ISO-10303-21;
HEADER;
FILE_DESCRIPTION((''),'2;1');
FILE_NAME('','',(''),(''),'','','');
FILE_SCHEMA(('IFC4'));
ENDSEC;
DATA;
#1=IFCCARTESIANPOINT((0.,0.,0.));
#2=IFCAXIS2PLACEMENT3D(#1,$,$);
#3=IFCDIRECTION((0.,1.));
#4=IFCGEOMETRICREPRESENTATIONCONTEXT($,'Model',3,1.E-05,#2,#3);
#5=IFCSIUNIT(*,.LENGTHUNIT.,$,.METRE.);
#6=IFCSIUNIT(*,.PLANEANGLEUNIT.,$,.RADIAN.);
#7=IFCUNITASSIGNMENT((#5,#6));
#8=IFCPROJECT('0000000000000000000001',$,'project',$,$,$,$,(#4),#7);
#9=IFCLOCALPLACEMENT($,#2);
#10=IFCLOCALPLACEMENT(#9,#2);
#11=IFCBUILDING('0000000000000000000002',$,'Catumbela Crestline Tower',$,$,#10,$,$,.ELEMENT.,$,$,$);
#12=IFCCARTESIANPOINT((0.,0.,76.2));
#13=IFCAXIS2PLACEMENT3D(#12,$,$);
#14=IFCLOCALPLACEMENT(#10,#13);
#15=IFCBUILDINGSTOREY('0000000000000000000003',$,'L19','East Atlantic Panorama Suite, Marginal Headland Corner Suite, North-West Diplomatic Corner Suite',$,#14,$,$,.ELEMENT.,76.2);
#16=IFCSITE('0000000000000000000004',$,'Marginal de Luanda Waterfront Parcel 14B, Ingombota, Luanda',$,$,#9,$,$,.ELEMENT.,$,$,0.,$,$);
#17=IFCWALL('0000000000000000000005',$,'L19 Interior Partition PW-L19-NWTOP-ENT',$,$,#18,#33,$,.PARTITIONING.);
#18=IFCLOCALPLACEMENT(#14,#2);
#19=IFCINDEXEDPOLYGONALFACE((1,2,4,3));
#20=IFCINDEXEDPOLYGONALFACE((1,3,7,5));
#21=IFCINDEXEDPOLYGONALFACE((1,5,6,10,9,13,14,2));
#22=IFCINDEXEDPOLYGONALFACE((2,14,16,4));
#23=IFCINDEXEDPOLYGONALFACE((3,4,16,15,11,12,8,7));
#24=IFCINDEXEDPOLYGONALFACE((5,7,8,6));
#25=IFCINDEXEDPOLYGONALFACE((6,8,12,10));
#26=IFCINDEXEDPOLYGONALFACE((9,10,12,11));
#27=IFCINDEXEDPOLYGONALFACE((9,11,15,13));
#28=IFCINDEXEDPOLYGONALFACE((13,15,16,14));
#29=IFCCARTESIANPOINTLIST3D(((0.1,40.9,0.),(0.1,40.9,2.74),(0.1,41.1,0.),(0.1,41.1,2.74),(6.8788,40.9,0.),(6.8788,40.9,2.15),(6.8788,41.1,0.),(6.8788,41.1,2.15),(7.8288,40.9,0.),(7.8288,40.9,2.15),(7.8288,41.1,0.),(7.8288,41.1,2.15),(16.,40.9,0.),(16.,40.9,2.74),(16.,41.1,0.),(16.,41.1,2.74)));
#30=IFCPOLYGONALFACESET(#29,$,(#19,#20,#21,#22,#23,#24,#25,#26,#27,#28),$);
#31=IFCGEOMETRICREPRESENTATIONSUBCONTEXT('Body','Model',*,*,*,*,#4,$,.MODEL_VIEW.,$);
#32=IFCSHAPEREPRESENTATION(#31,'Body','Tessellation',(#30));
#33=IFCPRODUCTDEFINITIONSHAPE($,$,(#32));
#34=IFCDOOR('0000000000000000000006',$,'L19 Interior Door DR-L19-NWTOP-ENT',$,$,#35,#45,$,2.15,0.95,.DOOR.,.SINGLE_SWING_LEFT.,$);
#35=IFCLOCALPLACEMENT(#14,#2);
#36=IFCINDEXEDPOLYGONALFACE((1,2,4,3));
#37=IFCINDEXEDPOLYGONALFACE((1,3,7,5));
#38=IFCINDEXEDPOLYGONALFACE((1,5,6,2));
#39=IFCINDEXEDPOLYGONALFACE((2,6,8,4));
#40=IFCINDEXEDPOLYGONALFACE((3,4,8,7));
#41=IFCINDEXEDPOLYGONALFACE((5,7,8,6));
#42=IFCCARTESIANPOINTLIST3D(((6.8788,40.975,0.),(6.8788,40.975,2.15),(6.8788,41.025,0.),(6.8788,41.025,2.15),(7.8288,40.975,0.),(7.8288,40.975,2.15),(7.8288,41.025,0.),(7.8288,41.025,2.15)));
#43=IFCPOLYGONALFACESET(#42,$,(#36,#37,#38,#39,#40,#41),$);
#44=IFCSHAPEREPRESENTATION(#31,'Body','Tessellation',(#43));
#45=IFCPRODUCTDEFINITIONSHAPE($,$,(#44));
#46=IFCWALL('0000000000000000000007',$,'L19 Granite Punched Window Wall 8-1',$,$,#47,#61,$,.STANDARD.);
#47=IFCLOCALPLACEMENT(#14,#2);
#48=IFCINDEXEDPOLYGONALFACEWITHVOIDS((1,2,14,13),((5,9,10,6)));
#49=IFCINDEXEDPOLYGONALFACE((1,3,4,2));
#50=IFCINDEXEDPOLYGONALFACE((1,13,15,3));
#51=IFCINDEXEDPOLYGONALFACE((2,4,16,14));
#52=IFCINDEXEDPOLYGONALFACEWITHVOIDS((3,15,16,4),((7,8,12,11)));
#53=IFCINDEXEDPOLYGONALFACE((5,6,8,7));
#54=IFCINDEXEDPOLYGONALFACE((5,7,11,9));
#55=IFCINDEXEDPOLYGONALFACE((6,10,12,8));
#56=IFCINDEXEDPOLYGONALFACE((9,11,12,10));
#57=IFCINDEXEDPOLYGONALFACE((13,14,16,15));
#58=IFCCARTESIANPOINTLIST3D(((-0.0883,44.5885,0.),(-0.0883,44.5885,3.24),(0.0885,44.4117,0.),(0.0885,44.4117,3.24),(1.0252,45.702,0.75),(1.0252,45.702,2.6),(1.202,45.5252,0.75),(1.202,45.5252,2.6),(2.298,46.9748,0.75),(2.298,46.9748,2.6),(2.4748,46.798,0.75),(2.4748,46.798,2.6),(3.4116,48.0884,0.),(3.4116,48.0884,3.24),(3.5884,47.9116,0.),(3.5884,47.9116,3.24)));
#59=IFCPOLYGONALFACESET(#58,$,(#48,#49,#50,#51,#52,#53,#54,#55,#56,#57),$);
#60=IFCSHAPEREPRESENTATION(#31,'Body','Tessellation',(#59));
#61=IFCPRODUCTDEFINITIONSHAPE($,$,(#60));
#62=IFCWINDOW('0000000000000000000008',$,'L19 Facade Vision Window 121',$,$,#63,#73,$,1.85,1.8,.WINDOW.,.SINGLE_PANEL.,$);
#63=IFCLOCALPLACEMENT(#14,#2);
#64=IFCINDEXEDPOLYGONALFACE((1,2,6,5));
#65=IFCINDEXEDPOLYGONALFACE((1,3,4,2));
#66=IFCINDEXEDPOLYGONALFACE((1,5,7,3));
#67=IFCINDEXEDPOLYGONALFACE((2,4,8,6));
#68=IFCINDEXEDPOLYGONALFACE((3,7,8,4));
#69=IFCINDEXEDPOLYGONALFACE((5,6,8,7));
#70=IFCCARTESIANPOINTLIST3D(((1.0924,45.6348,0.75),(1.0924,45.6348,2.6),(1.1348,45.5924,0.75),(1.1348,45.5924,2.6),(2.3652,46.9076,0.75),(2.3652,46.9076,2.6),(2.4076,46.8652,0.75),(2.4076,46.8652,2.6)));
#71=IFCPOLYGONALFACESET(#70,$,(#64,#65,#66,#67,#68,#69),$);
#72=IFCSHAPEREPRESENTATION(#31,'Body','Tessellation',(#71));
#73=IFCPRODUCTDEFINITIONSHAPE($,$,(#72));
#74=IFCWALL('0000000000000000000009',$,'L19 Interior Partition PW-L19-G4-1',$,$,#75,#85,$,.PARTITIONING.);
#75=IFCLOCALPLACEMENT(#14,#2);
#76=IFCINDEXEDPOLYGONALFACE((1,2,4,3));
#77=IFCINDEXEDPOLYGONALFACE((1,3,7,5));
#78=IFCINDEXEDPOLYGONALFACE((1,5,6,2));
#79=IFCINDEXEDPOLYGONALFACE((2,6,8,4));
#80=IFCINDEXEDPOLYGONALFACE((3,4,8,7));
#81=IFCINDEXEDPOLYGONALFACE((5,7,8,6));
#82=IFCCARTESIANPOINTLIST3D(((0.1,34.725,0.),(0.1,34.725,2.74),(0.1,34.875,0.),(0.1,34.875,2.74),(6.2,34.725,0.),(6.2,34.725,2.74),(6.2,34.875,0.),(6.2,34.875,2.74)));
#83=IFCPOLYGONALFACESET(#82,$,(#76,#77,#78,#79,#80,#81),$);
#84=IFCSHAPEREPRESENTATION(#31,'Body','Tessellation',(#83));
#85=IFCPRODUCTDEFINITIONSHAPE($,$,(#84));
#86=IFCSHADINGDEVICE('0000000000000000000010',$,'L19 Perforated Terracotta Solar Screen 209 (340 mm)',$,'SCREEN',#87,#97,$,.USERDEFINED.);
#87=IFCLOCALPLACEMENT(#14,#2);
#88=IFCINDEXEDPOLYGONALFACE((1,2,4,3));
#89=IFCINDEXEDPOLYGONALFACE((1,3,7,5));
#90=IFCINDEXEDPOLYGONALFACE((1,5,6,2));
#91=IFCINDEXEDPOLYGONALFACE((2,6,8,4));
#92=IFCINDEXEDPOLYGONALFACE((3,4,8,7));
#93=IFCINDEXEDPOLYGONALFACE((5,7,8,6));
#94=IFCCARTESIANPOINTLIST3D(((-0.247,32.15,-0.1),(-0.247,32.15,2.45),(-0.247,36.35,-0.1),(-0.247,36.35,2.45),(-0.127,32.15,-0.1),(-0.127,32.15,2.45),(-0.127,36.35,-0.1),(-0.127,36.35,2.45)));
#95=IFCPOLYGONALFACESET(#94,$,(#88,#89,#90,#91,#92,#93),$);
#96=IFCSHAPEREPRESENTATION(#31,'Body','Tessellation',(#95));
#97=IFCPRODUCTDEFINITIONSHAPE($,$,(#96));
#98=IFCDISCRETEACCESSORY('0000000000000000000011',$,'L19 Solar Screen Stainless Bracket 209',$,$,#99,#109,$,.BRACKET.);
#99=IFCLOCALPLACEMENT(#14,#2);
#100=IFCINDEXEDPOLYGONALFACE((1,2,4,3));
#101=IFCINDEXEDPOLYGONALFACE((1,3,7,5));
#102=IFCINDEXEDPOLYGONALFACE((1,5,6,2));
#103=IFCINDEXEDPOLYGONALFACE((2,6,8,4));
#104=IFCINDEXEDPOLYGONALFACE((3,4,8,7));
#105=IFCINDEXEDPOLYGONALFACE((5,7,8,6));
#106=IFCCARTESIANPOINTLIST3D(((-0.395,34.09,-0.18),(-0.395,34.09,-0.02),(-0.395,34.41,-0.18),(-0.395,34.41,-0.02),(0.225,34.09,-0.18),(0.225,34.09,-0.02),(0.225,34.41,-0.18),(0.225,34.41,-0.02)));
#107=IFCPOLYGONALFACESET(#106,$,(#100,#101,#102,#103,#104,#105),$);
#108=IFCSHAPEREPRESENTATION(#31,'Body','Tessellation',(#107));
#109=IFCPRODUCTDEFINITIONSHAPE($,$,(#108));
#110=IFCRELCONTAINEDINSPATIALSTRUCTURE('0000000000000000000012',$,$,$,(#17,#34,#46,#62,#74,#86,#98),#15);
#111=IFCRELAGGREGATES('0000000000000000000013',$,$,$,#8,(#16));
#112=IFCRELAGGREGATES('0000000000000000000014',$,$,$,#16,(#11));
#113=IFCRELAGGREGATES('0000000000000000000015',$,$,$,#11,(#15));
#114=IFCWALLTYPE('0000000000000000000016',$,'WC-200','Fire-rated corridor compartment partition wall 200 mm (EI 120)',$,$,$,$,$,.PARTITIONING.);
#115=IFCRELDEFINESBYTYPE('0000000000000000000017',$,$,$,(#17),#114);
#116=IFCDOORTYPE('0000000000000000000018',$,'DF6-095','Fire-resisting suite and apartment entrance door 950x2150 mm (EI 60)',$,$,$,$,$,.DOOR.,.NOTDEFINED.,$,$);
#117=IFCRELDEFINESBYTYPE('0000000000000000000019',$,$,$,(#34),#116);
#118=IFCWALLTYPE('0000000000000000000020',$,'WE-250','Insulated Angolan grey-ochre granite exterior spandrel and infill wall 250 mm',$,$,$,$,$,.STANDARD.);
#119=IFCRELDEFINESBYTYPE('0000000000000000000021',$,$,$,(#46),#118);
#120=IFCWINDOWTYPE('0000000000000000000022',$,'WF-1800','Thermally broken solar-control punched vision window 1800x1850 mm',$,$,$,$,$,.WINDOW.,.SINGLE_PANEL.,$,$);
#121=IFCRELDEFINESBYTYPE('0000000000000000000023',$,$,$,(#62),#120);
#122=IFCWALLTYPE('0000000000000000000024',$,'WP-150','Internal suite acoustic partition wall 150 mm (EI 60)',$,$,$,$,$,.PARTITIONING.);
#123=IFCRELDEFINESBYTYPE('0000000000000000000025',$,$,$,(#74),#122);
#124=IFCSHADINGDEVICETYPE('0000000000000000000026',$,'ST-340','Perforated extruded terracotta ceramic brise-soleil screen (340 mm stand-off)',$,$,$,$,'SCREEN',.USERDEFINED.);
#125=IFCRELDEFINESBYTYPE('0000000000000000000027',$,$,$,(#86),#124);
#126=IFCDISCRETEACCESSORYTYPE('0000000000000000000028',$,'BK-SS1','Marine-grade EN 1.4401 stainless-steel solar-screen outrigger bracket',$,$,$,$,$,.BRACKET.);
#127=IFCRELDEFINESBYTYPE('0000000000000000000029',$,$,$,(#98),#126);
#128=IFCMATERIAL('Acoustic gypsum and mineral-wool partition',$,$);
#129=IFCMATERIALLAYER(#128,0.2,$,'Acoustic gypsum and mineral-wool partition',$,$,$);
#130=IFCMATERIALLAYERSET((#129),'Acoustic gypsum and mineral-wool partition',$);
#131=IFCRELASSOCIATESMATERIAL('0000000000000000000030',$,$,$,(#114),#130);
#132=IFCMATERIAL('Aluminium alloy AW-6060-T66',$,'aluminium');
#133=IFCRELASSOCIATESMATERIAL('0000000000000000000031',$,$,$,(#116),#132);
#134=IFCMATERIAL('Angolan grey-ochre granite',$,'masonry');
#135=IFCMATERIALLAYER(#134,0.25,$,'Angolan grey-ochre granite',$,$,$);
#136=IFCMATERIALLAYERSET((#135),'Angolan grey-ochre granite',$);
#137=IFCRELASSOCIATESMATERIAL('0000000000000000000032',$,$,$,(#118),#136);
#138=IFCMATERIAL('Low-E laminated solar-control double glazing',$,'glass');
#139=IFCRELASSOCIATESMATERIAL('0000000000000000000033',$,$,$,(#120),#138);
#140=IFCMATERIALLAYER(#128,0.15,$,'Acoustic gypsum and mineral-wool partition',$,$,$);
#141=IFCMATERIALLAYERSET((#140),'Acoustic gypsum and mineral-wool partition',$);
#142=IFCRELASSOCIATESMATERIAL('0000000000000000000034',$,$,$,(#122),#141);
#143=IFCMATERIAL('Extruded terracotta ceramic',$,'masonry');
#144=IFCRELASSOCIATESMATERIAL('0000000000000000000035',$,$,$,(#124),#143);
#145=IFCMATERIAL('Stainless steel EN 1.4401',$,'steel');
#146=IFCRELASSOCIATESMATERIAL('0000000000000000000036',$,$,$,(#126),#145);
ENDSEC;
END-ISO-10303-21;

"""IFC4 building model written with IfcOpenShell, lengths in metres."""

from ifc_helpers import new_model, si_unit, direction, frame, frame_2d, origin, origin_2d, place, context, subcontext, project, spatial, rectangle, extrude, material, layer, layer_set, type_object, element, fill, save


model = new_model("IFC4")

# Units and contexts
model_context = context("Model", 3, precision=1e-05, world=origin(), true_north=direction((0.0, 1.0)))
body_context = subcontext(model_context, "Body", "Model", "MODEL_VIEW")
ifc_project = project(units=[si_unit("LENGTHUNIT", "METRE"), si_unit("PLANEANGLEUNIT", "RADIAN")], contexts=[model_context])

# Site, building, storey
site_placement = place(None, origin())
site = spatial("IfcSite", under=ifc_project, at=site_placement, Name="Marginal de Luanda Waterfront Parcel 14B, Ingombota, Luanda", CompositionType="ELEMENT", RefElevation=0.0)
building_placement = place(site_placement, origin())
building = spatial("IfcBuilding", under=site, at=building_placement, Name="Catumbela Crestline Tower", CompositionType="ELEMENT")
storey_placement = place(building_placement, frame((0.0, 0.0, 76.2)))
storey = spatial("IfcBuildingStorey", under=building, at=storey_placement, Name="L19", Description="East Atlantic Panorama Suite, Marginal Headland Corner Suite, North-West Diplomatic Corner Suite", CompositionType="ELEMENT", Elevation=76.2)

# Shared definitions
ifc_material_1 = material(Name="Aluminium alloy AW-6060-T66", Category="aluminium")

# Shared definitions
ifc_material_2 = material(Name="Low-E laminated solar-control double glazing", Category="glass")

# Wall, opening, door
ifc_material_3 = material(Name="Acoustic gypsum and mineral-wool partition")
ifc_layer_1 = layer(ifc_material_3, 0.2, Name="Acoustic gypsum and mineral-wool partition")
ifc_layer_set_1 = layer_set([ifc_layer_1], Name="Acoustic gypsum and mineral-wool partition")
wall_type_1 = type_object("IfcWallType", Name="WC-200", Description="Fire-rated corridor compartment partition wall 200 mm (EI 120)", PredefinedType="PARTITIONING", material=ifc_layer_set_1)
wall_1_placement = place(storey_placement, frame((0.1, 41.0, 0.0), z_axis=(0.0, 0.0, 1.0), x_axis=(1.0, 0.0, 0.0)))
wall_1 = element("IfcWall", 1, at=wall_1_placement, inside=storey, type_object=wall_type_1, Name="L19 Interior Partition PW-L19-NWTOP-ENT", PredefinedType="PARTITIONING", context=body_context, shape_type="SweptSolid", body=[
    extrude(rectangle(XDim=15.9, YDim=0.2, at=frame_2d((7.95, 0.0))), origin(), (0.0, 0.0, 1.0), 2.74),
])
opening_1_placement = place(wall_1_placement, frame((6.7788, 0.0, 0.0)))
opening_1 = element("IfcOpeningElement", 2, at=opening_1_placement, cuts=wall_1, PredefinedType="OPENING", context=body_context, shape_type="SweptSolid", body=[
    extrude(rectangle(XDim=0.95, YDim=2.15, at=frame_2d((0.475, 1.075))), frame((0.0, 0.11, 0.0), z_axis=(0.0, -1.0, 0.0), x_axis=(1.0, 0.0, 0.0)), (0.0, 0.0, 1.0), 0.22),
])
door_type = type_object("IfcDoorType", Name="DF6-095", Description="Fire-resisting suite and apartment entrance door 950x2150 mm (EI 60)", OperationType="NOTDEFINED", PredefinedType="DOOR", material=ifc_material_1)
door_placement = place(opening_1_placement, origin())
door = element("IfcDoor", 3, at=door_placement, inside=storey, type_object=door_type, Name="L19 Interior Door DR-L19-NWTOP-ENT", OperationType="SINGLE_SWING_LEFT", OverallHeight=2.15, OverallWidth=0.95, PredefinedType="DOOR", context=body_context, shape_type="SweptSolid", body=[
    extrude(rectangle(XDim=0.95, YDim=2.15, at=frame_2d((0.475, 1.075))), frame((0.0, 0.025, 0.0), z_axis=(0.0, -1.0, 0.0), x_axis=(1.0, 0.0, 0.0)), (0.0, 0.0, 1.0), 0.05),
])
fill(opening_1, door)

# Wall, opening, window
ifc_material_4 = material(Name="Angolan grey-ochre granite", Category="masonry")
ifc_layer_2 = layer(ifc_material_4, 0.25, Name="Angolan grey-ochre granite")
ifc_layer_set_2 = layer_set([ifc_layer_2], Name="Angolan grey-ochre granite")
wall_type_2 = type_object("IfcWallType", Name="WE-250", Description="Insulated Angolan grey-ochre granite exterior spandrel and infill wall 250 mm", PredefinedType="STANDARD", material=ifc_layer_set_2)
wall_2_placement = place(storey_placement, frame((3.5, 48.0, 0.0), z_axis=(0.0, 0.0, 1.0), x_axis=(-0.707107, -0.707107, 0.0)))
wall_2 = element("IfcWall", 4, at=wall_2_placement, inside=storey, type_object=wall_type_2, Name="L19 Granite Punched Window Wall 8-1", PredefinedType="STANDARD", context=body_context, shape_type="SweptSolid", body=[
    extrude(rectangle(XDim=4.9497, YDim=0.25, at=frame_2d((2.4748, 0.0))), origin(), (0.0, 0.0, 1.0), 3.24),
])
opening_2_placement = place(wall_2_placement, frame((1.5749, 0.0, 0.75)))
opening_2 = element("IfcOpeningElement", 5, at=opening_2_placement, cuts=wall_2, PredefinedType="OPENING", context=body_context, shape_type="SweptSolid", body=[
    extrude(rectangle(XDim=1.8, YDim=1.85, at=frame_2d((0.9, 0.925))), frame((0.0, 0.135, 0.0), z_axis=(0.0, -1.0, 0.0), x_axis=(1.0, 0.0, 0.0)), (0.0, 0.0, 1.0), 0.27),
])
window_type = type_object("IfcWindowType", Name="WF-1800", Description="Thermally broken solar-control punched vision window 1800x1850 mm", PartitioningType="SINGLE_PANEL", PredefinedType="WINDOW", material=ifc_material_2)
window_placement = place(opening_2_placement, origin())
window = element("IfcWindow", 6, at=window_placement, inside=storey, type_object=window_type, Name="L19 Facade Vision Window 121", OverallHeight=1.85, OverallWidth=1.8, PartitioningType="SINGLE_PANEL", PredefinedType="WINDOW", context=body_context, shape_type="SweptSolid", body=[
    extrude(rectangle(XDim=1.8, YDim=1.85, at=frame_2d((0.9, 0.925))), frame((0.0, 0.03, 0.0), z_axis=(0.0, -1.0, 0.0), x_axis=(1.0, 0.0, 0.0)), (0.0, 0.0, 1.0), 0.06),
])
fill(opening_2, window)

# Wall
ifc_layer_3 = layer(ifc_material_3, 0.15, Name="Acoustic gypsum and mineral-wool partition")
ifc_layer_set_3 = layer_set([ifc_layer_3], Name="Acoustic gypsum and mineral-wool partition")
wall_type_3 = type_object("IfcWallType", Name="WP-150", Description="Internal suite acoustic partition wall 150 mm (EI 60)", PredefinedType="PARTITIONING", material=ifc_layer_set_3)
wall_3_placement = place(storey_placement, frame((0.1, 34.8, 0.0), z_axis=(0.0, 0.0, 1.0), x_axis=(1.0, 0.0, 0.0)))
element("IfcWall", 7, at=wall_3_placement, inside=storey, type_object=wall_type_3, Name="L19 Interior Partition PW-L19-G4-1", PredefinedType="PARTITIONING", context=body_context, shape_type="SweptSolid", body=[
    extrude(rectangle(XDim=6.1, YDim=0.15, at=frame_2d((3.05, 0.0))), origin(), (0.0, 0.0, 1.0), 2.74),
])

# Shading device
ifc_material_5 = material(Name="Extruded terracotta ceramic", Category="masonry")
shading_device_type = type_object("IfcShadingDeviceType", Name="ST-340", Description="Perforated extruded terracotta ceramic brise-soleil screen (340 mm stand-off)", ElementType="SCREEN", PredefinedType="USERDEFINED", material=ifc_material_5)
shading_device_placement = place(storey_placement, frame((-0.187, 34.25, -0.1), z_axis=(0.0, 0.0, 1.0), x_axis=(0.0, -1.0, 0.0)))
element("IfcShadingDevice", 8, at=shading_device_placement, inside=storey, type_object=shading_device_type, Name="L19 Perforated Terracotta Solar Screen 209 (340 mm)", ObjectType="SCREEN", PredefinedType="USERDEFINED", context=body_context, shape_type="SweptSolid", body=[
    extrude(rectangle(XDim=4.2, YDim=0.12, at=origin_2d()), origin(), (0.0, 0.0, 1.0), 2.55),
])

# Discrete accessory
ifc_material_6 = material(Name="Stainless steel EN 1.4401", Category="steel")
discrete_accessory_type = type_object("IfcDiscreteAccessoryType", Name="BK-SS1", Description="Marine-grade EN 1.4401 stainless-steel solar-screen outrigger bracket", PredefinedType="BRACKET", material=ifc_material_6)
discrete_accessory_placement = place(storey_placement, frame((-0.085, 34.25, -0.18), z_axis=(0.0, 0.0, 1.0), x_axis=(0.0, -1.0, 0.0)))
element("IfcDiscreteAccessory", 9, at=discrete_accessory_placement, inside=storey, type_object=discrete_accessory_type, Name="L19 Solar Screen Stainless Bracket 209", PredefinedType="BRACKET", context=body_context, shape_type="SweptSolid", body=[
    extrude(rectangle(XDim=0.32, YDim=0.62, at=origin_2d()), origin(), (0.0, 0.0, 1.0), 0.16),
])

save(model, "model.ifc")
